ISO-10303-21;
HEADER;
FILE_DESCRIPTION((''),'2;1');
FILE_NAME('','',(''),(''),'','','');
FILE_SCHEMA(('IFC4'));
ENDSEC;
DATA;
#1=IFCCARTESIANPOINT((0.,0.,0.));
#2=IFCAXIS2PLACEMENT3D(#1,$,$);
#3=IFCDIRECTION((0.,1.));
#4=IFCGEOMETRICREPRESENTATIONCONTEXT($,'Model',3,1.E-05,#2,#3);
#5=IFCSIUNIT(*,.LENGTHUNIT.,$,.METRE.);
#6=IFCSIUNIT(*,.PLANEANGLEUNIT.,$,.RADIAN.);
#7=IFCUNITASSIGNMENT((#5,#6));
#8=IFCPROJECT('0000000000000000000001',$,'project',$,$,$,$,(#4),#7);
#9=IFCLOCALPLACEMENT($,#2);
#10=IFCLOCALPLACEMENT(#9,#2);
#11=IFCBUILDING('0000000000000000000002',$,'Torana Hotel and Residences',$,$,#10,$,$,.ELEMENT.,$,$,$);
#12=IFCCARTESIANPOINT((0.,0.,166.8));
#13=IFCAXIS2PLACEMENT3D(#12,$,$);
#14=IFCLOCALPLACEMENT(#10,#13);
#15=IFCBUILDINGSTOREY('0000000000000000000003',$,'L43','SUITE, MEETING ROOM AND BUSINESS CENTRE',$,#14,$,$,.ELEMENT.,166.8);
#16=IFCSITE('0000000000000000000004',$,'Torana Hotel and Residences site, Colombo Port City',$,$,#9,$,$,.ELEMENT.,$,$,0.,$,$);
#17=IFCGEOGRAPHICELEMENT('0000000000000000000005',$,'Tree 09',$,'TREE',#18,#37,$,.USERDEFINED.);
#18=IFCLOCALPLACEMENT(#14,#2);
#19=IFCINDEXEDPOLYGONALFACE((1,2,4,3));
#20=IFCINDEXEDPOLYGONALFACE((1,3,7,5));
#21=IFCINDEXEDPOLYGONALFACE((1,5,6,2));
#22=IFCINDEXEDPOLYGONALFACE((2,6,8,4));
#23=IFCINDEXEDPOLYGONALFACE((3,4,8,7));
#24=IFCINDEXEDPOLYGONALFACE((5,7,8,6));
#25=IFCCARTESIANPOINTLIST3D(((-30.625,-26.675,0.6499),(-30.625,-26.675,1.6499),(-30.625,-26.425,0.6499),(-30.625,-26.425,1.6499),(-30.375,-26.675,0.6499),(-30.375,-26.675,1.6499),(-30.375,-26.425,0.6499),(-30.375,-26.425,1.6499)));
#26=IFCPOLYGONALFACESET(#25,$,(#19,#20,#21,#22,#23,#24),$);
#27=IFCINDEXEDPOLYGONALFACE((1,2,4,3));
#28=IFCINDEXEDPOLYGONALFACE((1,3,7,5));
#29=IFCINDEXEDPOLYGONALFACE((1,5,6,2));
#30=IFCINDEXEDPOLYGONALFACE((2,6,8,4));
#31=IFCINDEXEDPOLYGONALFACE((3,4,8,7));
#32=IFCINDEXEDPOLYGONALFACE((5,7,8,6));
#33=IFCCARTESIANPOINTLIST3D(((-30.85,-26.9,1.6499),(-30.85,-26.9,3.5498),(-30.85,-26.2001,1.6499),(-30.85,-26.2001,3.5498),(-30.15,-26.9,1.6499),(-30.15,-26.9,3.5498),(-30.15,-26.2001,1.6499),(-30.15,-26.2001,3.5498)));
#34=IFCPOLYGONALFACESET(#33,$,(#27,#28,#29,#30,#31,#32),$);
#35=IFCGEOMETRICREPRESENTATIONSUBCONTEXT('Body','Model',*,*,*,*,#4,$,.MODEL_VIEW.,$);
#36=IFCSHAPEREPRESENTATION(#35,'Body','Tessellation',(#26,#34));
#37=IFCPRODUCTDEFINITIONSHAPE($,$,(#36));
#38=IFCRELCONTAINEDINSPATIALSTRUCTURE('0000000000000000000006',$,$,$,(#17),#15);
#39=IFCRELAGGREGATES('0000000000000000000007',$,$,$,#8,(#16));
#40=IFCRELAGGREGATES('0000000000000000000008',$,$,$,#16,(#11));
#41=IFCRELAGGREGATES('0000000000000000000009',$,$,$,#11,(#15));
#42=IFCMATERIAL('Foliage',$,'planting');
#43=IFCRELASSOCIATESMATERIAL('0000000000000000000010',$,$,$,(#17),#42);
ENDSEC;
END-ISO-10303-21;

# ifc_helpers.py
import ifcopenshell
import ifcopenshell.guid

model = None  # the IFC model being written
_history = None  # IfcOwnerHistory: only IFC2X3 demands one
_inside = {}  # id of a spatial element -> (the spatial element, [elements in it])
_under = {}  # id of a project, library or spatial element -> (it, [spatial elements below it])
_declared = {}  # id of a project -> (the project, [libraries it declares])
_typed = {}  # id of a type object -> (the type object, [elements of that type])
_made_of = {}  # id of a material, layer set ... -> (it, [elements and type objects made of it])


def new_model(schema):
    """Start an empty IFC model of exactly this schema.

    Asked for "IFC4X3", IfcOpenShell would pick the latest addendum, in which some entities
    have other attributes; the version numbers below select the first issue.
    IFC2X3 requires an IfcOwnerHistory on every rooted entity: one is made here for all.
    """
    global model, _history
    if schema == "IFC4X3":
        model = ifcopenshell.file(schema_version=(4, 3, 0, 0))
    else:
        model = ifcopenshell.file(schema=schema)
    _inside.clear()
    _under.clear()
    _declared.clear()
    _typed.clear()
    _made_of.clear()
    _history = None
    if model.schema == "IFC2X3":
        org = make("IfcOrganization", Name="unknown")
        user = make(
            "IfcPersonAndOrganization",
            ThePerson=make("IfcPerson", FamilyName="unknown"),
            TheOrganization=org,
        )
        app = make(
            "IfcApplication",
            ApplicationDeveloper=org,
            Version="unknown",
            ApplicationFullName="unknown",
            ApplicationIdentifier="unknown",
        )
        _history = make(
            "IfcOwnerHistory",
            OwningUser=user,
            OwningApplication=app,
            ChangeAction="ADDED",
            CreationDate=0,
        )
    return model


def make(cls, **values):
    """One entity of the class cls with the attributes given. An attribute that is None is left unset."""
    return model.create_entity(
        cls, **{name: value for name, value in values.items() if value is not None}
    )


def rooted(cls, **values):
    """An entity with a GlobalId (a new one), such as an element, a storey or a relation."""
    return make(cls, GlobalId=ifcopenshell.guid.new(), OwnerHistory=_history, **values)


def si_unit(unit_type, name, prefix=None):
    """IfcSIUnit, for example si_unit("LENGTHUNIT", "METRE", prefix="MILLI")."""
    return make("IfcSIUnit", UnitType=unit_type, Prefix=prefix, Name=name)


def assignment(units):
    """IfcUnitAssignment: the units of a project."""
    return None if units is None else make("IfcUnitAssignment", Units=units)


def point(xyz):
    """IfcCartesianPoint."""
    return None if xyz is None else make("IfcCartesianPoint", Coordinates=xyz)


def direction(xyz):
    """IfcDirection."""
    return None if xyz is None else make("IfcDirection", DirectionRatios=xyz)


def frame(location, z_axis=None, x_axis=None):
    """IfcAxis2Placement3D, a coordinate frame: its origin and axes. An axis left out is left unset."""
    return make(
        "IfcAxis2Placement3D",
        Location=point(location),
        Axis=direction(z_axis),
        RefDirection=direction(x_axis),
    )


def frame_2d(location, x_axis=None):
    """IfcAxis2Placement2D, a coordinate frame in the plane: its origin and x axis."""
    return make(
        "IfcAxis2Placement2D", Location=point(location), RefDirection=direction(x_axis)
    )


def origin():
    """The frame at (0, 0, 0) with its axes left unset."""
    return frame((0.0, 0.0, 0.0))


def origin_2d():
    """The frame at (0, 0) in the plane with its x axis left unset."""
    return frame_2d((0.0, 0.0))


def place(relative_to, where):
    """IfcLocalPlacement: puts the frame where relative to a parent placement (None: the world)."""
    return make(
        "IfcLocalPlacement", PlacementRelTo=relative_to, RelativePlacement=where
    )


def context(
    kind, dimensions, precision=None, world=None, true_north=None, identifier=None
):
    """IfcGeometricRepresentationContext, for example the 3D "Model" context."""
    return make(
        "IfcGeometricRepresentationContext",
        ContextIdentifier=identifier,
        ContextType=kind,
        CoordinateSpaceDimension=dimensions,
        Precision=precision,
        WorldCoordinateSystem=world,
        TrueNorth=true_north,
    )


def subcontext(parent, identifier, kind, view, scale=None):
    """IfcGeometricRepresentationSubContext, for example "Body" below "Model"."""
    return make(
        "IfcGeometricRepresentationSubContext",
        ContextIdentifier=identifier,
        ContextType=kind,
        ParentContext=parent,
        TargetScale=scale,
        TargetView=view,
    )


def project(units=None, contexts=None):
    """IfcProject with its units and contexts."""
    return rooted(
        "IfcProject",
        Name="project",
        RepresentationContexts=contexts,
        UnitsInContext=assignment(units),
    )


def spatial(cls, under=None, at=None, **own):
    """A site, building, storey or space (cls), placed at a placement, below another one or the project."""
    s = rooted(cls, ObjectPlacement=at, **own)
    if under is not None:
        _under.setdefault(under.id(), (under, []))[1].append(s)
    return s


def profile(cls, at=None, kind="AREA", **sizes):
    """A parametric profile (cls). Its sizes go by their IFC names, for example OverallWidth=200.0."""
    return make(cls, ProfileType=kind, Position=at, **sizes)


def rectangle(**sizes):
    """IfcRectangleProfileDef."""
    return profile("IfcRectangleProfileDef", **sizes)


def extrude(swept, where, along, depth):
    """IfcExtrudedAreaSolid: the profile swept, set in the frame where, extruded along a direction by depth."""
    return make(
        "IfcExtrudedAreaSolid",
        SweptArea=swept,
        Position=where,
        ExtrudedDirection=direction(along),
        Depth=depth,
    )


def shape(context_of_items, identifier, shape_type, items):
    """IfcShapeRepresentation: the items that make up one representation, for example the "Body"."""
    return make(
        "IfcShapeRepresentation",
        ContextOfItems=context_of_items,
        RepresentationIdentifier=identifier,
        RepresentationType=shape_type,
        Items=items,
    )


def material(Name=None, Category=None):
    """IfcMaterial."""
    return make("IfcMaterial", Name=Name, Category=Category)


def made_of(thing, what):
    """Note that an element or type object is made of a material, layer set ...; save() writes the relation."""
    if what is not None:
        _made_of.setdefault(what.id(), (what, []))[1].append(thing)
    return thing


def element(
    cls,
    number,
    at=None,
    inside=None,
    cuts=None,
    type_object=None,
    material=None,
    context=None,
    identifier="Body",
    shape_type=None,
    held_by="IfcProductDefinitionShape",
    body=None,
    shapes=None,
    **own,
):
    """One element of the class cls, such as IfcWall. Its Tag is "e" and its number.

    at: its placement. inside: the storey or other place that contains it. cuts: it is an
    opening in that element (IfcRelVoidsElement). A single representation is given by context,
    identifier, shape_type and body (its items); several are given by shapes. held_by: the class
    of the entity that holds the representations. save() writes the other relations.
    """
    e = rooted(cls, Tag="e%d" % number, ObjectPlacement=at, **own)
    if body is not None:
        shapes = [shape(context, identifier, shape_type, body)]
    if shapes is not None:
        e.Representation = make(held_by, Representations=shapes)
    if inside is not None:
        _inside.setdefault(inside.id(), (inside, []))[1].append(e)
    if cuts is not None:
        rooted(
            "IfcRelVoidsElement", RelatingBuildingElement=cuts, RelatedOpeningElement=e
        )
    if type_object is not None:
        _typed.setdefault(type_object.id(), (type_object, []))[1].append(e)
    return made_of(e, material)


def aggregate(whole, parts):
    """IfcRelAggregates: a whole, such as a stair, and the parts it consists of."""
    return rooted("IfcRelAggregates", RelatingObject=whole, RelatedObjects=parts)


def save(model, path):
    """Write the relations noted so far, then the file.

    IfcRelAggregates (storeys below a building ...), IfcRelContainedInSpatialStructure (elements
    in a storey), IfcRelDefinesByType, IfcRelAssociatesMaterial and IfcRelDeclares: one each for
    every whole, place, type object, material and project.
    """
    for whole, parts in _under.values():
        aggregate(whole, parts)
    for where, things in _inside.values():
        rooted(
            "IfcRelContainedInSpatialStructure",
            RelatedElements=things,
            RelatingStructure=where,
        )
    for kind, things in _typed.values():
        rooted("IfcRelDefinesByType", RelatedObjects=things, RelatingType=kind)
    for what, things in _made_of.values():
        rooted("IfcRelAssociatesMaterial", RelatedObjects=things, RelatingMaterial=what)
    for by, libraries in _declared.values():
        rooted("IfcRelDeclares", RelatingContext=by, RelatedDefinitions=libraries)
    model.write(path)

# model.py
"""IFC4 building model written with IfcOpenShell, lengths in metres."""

from ifc_helpers import new_model, si_unit, direction, frame, origin, origin_2d, place, context, subcontext, project, spatial, rectangle, extrude, material, element, save


model = new_model("IFC4")

# Units and contexts
model_context = context("Model", 3, precision=1e-05, world=origin(), true_north=direction((0.0, 1.0)))
body_context = subcontext(model_context, "Body", "Model", "MODEL_VIEW")
ifc_project = project(units=[si_unit("LENGTHUNIT", "METRE"), si_unit("PLANEANGLEUNIT", "RADIAN")], contexts=[model_context])

# Site, building, storey
site_placement = place(None, origin())
site = spatial("IfcSite", under=ifc_project, at=site_placement, Name="Torana Hotel and Residences site, Colombo Port City", CompositionType="ELEMENT", RefElevation=0.0)
building_placement = place(site_placement, origin())
building = spatial("IfcBuilding", under=site, at=building_placement, Name="Torana Hotel and Residences", CompositionType="ELEMENT")
storey_placement = place(building_placement, frame((0.0, 0.0, 166.8)))
storey = spatial("IfcBuildingStorey", under=building, at=storey_placement, Name="L43", Description="SUITE, MEETING ROOM AND BUSINESS CENTRE", CompositionType="ELEMENT", Elevation=166.8)

# Geographic element
ifc_material_1 = material(Name="Foliage", Category="planting")
geographic_element_placement = place(storey_placement, frame((-30.5, -26.55, 0.6499), z_axis=(0.0, 0.0, 1.0), x_axis=(1.0, 0.0, 0.0)))
element("IfcGeographicElement", 1, at=geographic_element_placement, inside=storey, material=ifc_material_1, Name="Tree 09", ObjectType="TREE", PredefinedType="USERDEFINED", context=body_context, shape_type="SweptSolid", body=[
    extrude(rectangle(XDim=0.25, YDim=0.25, at=origin_2d()), origin(), (0.0, 0.0, 1.0), 1.0),
    extrude(rectangle(XDim=0.7, YDim=0.7, at=origin_2d()), frame((0.0, 0.0, 1.0)), (0.0, 0.0, 1.0), 1.8999),
])

save(model, "model.ifc")
